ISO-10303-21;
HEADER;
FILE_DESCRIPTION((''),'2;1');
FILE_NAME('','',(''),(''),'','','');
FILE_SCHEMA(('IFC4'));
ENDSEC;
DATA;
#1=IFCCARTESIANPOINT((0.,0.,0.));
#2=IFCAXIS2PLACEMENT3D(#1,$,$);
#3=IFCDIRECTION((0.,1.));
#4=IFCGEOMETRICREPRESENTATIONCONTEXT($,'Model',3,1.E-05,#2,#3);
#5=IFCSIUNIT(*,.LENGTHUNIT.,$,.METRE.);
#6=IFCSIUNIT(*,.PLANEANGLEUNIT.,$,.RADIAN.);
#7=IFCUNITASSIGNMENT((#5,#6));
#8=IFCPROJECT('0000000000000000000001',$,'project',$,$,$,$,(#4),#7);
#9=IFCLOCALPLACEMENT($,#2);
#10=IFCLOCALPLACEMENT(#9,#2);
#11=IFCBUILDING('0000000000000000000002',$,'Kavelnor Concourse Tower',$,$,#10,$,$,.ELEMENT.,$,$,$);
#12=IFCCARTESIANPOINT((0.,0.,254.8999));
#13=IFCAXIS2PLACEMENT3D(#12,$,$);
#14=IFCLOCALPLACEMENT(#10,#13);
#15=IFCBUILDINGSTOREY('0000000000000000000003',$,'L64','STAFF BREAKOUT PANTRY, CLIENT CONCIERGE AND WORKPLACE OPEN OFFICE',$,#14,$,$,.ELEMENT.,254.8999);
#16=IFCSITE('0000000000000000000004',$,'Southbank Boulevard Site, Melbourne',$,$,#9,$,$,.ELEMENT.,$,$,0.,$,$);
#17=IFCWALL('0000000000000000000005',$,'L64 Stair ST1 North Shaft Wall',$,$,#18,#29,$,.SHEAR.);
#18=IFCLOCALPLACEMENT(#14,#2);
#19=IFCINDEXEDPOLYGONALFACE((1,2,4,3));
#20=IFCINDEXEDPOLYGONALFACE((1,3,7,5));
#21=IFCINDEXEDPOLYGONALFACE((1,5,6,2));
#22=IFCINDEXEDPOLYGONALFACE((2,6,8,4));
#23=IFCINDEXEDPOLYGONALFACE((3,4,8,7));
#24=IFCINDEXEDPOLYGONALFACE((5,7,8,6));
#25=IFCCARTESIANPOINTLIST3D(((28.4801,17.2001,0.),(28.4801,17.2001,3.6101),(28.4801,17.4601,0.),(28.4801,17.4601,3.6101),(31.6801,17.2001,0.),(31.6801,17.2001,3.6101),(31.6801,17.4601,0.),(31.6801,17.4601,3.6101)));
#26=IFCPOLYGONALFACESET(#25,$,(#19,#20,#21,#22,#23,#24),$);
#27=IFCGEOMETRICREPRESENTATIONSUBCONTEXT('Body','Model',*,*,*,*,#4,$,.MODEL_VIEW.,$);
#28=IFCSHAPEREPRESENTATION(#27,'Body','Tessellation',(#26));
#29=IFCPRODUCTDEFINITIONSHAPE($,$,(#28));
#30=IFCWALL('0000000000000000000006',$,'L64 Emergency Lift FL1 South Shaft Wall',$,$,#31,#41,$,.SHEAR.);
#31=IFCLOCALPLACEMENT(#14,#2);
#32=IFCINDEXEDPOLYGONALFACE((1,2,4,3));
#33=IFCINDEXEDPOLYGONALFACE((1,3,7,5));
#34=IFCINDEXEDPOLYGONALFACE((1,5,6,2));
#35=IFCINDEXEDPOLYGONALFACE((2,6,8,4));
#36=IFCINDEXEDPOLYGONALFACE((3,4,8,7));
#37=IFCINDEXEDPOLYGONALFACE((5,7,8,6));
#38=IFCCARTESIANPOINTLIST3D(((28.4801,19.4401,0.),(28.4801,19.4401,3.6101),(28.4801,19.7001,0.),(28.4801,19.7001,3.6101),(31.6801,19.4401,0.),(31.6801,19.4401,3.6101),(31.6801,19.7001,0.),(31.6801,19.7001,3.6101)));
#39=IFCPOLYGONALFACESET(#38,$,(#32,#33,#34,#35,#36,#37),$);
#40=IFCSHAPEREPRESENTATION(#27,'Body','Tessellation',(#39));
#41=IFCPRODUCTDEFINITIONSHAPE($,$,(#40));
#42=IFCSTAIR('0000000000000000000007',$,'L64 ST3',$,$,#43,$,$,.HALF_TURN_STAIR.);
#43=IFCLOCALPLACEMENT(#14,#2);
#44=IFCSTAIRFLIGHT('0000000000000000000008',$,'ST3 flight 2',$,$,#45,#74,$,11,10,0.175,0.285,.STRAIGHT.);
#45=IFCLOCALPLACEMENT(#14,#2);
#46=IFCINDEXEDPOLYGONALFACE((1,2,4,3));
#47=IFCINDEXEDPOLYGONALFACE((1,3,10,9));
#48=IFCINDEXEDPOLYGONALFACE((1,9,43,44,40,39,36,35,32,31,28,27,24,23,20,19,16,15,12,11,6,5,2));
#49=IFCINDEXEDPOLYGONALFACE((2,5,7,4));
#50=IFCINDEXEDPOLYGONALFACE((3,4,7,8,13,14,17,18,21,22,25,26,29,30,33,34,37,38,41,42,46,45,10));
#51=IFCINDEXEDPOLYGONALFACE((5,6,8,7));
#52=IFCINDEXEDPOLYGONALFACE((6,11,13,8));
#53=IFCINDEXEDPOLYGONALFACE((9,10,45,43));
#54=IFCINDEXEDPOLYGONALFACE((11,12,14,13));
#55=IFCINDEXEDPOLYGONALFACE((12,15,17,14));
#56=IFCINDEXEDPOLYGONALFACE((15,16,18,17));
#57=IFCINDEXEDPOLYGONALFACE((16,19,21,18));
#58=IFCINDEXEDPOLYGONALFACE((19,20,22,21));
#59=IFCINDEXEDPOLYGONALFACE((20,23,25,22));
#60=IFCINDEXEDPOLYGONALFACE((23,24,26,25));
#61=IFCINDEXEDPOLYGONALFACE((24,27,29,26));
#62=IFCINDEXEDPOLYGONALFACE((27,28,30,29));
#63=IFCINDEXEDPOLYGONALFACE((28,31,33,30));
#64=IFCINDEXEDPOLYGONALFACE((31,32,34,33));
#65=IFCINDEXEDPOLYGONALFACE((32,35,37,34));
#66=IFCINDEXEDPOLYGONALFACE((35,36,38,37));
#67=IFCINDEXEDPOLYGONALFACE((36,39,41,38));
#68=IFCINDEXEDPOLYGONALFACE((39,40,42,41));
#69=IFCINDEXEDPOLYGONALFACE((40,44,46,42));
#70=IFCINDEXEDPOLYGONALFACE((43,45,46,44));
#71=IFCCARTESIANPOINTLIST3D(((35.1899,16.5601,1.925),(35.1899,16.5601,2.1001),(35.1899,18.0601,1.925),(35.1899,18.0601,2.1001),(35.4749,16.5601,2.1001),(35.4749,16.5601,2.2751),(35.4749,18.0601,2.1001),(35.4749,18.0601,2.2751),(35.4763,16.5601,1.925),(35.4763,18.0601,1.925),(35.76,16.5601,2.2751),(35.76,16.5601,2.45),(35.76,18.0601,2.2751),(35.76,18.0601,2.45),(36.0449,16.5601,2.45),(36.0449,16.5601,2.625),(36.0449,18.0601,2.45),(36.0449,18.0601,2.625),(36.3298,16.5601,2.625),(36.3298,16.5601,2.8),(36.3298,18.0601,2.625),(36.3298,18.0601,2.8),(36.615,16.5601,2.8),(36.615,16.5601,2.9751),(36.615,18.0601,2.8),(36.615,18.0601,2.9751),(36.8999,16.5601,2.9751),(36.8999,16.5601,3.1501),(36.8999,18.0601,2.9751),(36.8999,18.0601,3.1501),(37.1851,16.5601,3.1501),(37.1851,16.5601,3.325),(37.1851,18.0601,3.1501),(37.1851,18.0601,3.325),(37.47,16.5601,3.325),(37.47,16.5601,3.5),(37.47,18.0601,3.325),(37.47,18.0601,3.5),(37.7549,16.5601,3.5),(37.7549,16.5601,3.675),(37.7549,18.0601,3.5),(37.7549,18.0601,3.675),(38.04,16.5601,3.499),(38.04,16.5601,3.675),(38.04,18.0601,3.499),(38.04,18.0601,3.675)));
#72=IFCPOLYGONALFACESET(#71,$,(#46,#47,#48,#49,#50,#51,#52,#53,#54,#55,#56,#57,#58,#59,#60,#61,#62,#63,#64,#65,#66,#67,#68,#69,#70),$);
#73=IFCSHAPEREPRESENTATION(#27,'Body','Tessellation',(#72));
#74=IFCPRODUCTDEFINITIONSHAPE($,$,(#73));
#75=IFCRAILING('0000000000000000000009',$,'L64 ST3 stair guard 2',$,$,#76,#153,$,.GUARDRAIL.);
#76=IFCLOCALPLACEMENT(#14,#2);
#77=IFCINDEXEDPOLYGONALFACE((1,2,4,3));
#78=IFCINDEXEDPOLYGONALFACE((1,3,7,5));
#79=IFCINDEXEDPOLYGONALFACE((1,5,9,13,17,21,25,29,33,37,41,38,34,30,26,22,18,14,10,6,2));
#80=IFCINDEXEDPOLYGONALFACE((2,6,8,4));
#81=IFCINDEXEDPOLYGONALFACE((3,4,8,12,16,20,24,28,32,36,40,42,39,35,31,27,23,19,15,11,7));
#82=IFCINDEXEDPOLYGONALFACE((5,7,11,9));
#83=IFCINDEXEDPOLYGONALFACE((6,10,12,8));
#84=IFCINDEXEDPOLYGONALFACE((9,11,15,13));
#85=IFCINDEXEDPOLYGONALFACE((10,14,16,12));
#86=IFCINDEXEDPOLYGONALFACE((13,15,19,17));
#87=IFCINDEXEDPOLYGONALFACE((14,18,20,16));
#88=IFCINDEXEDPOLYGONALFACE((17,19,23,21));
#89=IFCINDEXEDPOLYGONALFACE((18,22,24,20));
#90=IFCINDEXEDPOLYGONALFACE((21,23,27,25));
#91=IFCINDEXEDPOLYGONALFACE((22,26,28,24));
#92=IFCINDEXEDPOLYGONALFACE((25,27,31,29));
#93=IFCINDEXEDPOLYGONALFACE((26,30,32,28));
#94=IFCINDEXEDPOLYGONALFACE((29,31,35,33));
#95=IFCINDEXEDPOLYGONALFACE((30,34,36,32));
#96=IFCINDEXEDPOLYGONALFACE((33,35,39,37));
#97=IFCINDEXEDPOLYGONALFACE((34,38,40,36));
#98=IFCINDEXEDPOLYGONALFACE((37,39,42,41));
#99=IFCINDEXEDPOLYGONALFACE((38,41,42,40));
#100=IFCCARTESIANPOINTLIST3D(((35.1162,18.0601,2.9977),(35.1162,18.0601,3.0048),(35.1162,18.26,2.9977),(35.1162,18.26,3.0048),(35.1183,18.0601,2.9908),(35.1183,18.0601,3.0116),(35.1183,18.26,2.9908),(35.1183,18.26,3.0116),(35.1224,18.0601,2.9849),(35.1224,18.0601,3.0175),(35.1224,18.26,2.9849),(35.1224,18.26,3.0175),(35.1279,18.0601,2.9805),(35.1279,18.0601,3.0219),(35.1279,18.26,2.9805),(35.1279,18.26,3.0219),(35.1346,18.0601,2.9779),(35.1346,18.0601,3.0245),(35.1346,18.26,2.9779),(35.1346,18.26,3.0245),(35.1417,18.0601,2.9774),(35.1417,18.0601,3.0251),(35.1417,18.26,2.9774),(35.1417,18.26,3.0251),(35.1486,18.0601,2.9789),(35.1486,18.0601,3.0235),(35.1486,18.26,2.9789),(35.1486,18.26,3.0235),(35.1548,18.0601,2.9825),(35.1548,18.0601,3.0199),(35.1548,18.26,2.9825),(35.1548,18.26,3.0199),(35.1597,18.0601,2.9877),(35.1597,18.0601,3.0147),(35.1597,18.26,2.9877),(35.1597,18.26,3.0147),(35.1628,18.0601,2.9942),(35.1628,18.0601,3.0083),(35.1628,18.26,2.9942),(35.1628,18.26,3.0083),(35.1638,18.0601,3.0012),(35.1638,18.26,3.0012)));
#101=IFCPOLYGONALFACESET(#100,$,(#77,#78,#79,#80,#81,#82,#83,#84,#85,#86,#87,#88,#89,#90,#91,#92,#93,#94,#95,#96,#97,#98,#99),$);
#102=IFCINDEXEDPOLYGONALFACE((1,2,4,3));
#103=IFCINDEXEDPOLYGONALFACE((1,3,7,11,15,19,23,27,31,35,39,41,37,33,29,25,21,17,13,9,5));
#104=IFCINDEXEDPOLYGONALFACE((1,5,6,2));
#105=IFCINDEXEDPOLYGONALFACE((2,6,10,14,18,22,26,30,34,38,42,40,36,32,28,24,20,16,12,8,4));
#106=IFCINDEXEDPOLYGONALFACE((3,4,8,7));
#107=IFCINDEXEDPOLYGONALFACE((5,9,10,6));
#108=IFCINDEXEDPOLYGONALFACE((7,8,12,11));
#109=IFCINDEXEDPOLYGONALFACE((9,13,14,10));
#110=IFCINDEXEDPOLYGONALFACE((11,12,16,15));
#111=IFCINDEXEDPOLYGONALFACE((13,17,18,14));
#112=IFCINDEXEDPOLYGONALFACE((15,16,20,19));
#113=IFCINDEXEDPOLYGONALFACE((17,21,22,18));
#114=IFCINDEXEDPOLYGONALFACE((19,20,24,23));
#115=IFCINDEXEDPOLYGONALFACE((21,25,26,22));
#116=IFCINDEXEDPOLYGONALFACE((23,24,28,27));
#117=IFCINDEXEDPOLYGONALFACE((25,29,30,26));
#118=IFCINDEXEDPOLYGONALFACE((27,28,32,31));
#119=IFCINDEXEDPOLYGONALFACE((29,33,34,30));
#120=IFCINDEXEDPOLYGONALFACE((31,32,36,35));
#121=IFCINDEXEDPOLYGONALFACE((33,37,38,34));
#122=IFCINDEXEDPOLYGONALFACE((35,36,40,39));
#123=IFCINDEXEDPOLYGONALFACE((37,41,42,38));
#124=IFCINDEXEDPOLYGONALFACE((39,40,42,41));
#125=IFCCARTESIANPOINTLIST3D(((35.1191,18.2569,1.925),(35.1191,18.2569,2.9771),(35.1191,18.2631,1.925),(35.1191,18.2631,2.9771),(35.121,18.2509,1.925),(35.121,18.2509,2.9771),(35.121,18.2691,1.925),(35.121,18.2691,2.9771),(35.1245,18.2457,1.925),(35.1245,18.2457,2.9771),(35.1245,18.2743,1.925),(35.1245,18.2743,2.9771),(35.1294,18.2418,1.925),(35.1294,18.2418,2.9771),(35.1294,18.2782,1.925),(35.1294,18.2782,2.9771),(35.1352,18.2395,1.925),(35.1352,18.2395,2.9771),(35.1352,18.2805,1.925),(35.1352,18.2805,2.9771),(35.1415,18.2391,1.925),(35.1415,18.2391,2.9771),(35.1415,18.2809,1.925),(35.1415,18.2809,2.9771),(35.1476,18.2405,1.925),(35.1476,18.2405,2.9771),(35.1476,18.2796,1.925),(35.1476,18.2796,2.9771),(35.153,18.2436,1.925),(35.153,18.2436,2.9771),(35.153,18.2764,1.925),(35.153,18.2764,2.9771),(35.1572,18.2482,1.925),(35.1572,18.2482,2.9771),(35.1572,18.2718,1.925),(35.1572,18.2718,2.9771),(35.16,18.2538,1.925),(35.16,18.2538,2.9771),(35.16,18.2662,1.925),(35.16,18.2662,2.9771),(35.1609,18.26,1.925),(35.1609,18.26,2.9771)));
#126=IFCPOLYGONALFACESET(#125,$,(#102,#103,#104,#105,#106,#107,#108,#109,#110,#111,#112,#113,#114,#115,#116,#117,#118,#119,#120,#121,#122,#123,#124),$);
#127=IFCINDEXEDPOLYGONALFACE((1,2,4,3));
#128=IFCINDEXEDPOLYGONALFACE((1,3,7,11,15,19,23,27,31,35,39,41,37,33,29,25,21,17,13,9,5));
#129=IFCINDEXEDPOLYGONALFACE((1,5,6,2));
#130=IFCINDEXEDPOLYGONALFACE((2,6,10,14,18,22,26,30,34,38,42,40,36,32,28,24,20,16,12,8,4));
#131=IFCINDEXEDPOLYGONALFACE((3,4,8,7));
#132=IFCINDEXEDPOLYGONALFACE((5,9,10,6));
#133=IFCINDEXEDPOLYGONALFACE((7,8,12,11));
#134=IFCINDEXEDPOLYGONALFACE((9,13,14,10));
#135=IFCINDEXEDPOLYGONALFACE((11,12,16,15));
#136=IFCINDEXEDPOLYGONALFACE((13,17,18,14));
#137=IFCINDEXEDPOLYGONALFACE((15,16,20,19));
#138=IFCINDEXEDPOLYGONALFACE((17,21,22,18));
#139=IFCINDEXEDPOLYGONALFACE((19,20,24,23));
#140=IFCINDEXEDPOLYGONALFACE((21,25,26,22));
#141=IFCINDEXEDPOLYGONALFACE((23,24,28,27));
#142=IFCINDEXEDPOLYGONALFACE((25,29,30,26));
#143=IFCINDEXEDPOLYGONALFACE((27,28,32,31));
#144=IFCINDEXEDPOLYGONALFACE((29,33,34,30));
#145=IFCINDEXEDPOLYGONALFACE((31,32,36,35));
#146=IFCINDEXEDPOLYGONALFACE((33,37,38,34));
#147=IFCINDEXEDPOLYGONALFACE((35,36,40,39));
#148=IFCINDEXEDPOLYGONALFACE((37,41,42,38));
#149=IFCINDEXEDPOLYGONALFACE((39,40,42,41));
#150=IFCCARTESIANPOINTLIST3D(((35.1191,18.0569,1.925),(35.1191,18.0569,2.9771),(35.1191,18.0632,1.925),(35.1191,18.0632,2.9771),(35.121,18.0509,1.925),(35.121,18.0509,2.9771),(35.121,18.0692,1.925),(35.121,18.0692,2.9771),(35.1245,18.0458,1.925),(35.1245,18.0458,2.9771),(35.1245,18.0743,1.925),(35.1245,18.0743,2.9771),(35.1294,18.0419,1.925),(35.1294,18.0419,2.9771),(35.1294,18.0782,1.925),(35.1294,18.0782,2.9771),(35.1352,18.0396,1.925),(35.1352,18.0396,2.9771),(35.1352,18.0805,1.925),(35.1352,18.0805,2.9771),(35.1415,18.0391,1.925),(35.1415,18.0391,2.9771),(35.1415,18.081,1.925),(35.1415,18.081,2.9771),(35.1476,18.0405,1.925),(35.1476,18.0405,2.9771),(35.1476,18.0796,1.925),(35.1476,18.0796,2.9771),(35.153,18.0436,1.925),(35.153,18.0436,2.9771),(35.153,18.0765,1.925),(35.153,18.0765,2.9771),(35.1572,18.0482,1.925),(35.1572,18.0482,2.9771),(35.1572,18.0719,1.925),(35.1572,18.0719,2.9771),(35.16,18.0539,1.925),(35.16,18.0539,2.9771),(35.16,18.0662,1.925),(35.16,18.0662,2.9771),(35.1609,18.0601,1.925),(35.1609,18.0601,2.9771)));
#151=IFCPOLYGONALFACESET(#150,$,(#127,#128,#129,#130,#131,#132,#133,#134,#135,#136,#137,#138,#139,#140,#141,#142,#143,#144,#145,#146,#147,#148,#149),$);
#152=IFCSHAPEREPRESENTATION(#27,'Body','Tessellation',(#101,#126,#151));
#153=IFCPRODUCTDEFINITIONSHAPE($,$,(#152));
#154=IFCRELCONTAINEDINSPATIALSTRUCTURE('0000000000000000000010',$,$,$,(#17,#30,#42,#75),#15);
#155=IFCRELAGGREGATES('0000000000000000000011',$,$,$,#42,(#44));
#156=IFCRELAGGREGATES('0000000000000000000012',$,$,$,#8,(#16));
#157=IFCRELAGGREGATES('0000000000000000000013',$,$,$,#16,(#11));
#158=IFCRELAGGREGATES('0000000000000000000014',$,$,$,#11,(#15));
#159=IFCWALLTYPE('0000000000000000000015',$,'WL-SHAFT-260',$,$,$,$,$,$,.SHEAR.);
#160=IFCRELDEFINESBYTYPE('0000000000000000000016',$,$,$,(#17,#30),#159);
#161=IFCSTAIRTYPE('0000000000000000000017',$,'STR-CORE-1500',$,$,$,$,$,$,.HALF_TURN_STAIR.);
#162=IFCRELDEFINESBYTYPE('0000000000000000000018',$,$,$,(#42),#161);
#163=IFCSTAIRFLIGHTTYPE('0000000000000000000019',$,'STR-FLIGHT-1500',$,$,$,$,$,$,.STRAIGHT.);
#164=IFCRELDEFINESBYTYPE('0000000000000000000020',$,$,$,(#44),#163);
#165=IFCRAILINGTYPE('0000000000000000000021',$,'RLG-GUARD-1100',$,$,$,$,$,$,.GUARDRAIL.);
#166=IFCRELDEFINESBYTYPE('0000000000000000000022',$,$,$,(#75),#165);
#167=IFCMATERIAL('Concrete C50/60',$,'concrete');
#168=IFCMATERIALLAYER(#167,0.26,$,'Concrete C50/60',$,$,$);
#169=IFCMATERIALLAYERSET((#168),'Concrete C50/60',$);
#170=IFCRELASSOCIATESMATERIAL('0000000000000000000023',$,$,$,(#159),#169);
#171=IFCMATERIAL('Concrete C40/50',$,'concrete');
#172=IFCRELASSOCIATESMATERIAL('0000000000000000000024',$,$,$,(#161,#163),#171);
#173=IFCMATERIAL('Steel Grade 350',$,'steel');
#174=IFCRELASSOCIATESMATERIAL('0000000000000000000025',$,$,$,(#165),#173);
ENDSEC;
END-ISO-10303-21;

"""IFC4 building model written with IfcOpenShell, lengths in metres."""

from ifc_helpers import new_model, si_unit, direction, frame, frame_2d, origin, origin_2d, place, context, subcontext, project, spatial, polyline, rectangle, circle, outline, extrude, material, layer, layer_set, type_object, element, aggregate, save


model = new_model("IFC4")

# Units and contexts
model_context = context("Model", 3, precision=1e-05, world=origin(), true_north=direction((0.0, 1.0)))
body_context = subcontext(model_context, "Body", "Model", "MODEL_VIEW")
ifc_project = project(units=[si_unit("LENGTHUNIT", "METRE"), si_unit("PLANEANGLEUNIT", "RADIAN")], contexts=[model_context])

# Site, building, storey
site_placement = place(None, origin())
site = spatial("IfcSite", under=ifc_project, at=site_placement, Name="Southbank Boulevard Site, Melbourne", CompositionType="ELEMENT", RefElevation=0.0)
building_placement = place(site_placement, origin())
building = spatial("IfcBuilding", under=site, at=building_placement, Name="Kavelnor Concourse Tower", CompositionType="ELEMENT")
storey_placement = place(building_placement, frame((0.0, 0.0, 254.8999)))
storey = spatial("IfcBuildingStorey", under=building, at=storey_placement, Name="L64", Description="STAFF BREAKOUT PANTRY, CLIENT CONCIERGE AND WORKPLACE OPEN OFFICE", CompositionType="ELEMENT", Elevation=254.8999)

# Shared definitions
ifc_material_1 = material(Name="Steel Grade 350", Category="steel")

# Shared definitions
ifc_material_2 = material(Name="Concrete C50/60", Category="concrete")

# Walls
ifc_layer_1 = layer(ifc_material_2, 0.26, Name="Concrete C50/60")
ifc_layer_set_1 = layer_set([ifc_layer_1], Name="Concrete C50/60")
wall_type_1 = type_object("IfcWallType", Name="WL-SHAFT-260", PredefinedType="SHEAR", material=ifc_layer_set_1)
for number, where, z_axis, x_axis, name in (
    (1, (28.48, 17.3301, 0.0), (0.0, 0.0, 1.0), (1.0, 0.0, 0.0), "L64 Stair ST1 North Shaft Wall"),
    (2, (28.48, 19.5701, 0.0), (0.0, 0.0, 1.0), (1.0, 0.0, 0.0), "L64 Emergency Lift FL1 South Shaft Wall"),
):
    element("IfcWall", number, at=place(storey_placement, frame(where, z_axis=z_axis, x_axis=x_axis)), inside=storey, type_object=wall_type_1, Name=name, PredefinedType="SHEAR", context=body_context, shape_type="SweptSolid", body=[
        extrude(rectangle(XDim=3.2, YDim=0.26, at=frame_2d((1.6001, 0.0))), origin(), (0.0, 0.0, 1.0), 3.6101),
    ])

# Stair, stair flight
ifc_material_3 = material(Name="Concrete C40/50", Category="concrete")
stair_type = type_object("IfcStairType", Name="STR-CORE-1500", PredefinedType="HALF_TURN_STAIR", material=ifc_material_3)
stair_placement = place(storey_placement, origin())
stair = element("IfcStair", 3, at=stair_placement, inside=storey, type_object=stair_type, Name="L64 ST3", PredefinedType="HALF_TURN_STAIR")
stair_flight_type = type_object("IfcStairFlightType", Name="STR-FLIGHT-1500", PredefinedType="STRAIGHT", material=ifc_material_3)
stair_flight_placement = place(storey_placement, frame((35.1899, 17.3101, 1.925), z_axis=(0.0, 0.0, 1.0), x_axis=(1.0, 0.0, 0.0)))
stair_flight = element("IfcStairFlight", 4, at=stair_flight_placement, type_object=stair_flight_type, Name="ST3 flight 2", NumberOfRisers=11, NumberOfTreads=10, PredefinedType="STRAIGHT", RiserHeight=0.175, TreadLength=0.285, context=body_context, shape_type="SweptSolid", body=[
    extrude(outline(polyline([(0.0, 0.0), (0.0, 0.175), (0.2849, 0.175), (0.2849, 0.3501), (0.5701, 0.3501), (0.5701, 0.5249), (0.855, 0.5249), (0.855, 0.7), (1.1399, 0.7), (1.1399, 0.875), (1.425, 0.875), (1.425, 1.05), (1.71, 1.05), (1.71, 1.2251), (1.9951, 1.2251), (1.9951, 1.3999), (2.28, 1.3999), (2.28, 1.575), (2.5649, 1.575), (2.5649, 1.75), (2.8501, 1.75), (2.8501, 1.925), (2.8501, 1.574), (0.2864, 0.0), (0.0, 0.0)])), frame((0.0, 0.75, 0.0), z_axis=(0.0, -1.0, 0.0), x_axis=(1.0, 0.0, 0.0)), (0.0, 0.0, 1.0), 1.5),
])
aggregate(stair, [stair_flight])

# Railing
railing_type_1 = type_object("IfcRailingType", Name="RLG-GUARD-1100", PredefinedType="GUARDRAIL", material=ifc_material_1)
railing_1_placement = place(storey_placement, frame((35.1399, 18.26, 1.925)))
element("IfcRailing", 5, at=railing_1_placement, inside=storey, type_object=railing_type_1, Name="L64 ST3 stair guard 2", PredefinedType="GUARDRAIL", context=body_context, shape_type="SweptSolid", body=[
    extrude(circle(Radius=0.0239, at=origin_2d()), frame((0.0, 0.0, 1.0762), z_axis=(0.0, -1.0, 0.0), x_axis=(1.0, 0.0, 0.0)), (0.0, 0.0, 1.0), 0.2),
    extrude(circle(Radius=0.021, at=origin_2d()), origin(), (0.0, 0.0, 1.0), 1.052),
    extrude(circle(Radius=0.021, at=origin_2d()), frame((0.0, -0.2, 0.0)), (0.0, 0.0, 1.0), 1.052),
])

save(model, "model.ifc")
